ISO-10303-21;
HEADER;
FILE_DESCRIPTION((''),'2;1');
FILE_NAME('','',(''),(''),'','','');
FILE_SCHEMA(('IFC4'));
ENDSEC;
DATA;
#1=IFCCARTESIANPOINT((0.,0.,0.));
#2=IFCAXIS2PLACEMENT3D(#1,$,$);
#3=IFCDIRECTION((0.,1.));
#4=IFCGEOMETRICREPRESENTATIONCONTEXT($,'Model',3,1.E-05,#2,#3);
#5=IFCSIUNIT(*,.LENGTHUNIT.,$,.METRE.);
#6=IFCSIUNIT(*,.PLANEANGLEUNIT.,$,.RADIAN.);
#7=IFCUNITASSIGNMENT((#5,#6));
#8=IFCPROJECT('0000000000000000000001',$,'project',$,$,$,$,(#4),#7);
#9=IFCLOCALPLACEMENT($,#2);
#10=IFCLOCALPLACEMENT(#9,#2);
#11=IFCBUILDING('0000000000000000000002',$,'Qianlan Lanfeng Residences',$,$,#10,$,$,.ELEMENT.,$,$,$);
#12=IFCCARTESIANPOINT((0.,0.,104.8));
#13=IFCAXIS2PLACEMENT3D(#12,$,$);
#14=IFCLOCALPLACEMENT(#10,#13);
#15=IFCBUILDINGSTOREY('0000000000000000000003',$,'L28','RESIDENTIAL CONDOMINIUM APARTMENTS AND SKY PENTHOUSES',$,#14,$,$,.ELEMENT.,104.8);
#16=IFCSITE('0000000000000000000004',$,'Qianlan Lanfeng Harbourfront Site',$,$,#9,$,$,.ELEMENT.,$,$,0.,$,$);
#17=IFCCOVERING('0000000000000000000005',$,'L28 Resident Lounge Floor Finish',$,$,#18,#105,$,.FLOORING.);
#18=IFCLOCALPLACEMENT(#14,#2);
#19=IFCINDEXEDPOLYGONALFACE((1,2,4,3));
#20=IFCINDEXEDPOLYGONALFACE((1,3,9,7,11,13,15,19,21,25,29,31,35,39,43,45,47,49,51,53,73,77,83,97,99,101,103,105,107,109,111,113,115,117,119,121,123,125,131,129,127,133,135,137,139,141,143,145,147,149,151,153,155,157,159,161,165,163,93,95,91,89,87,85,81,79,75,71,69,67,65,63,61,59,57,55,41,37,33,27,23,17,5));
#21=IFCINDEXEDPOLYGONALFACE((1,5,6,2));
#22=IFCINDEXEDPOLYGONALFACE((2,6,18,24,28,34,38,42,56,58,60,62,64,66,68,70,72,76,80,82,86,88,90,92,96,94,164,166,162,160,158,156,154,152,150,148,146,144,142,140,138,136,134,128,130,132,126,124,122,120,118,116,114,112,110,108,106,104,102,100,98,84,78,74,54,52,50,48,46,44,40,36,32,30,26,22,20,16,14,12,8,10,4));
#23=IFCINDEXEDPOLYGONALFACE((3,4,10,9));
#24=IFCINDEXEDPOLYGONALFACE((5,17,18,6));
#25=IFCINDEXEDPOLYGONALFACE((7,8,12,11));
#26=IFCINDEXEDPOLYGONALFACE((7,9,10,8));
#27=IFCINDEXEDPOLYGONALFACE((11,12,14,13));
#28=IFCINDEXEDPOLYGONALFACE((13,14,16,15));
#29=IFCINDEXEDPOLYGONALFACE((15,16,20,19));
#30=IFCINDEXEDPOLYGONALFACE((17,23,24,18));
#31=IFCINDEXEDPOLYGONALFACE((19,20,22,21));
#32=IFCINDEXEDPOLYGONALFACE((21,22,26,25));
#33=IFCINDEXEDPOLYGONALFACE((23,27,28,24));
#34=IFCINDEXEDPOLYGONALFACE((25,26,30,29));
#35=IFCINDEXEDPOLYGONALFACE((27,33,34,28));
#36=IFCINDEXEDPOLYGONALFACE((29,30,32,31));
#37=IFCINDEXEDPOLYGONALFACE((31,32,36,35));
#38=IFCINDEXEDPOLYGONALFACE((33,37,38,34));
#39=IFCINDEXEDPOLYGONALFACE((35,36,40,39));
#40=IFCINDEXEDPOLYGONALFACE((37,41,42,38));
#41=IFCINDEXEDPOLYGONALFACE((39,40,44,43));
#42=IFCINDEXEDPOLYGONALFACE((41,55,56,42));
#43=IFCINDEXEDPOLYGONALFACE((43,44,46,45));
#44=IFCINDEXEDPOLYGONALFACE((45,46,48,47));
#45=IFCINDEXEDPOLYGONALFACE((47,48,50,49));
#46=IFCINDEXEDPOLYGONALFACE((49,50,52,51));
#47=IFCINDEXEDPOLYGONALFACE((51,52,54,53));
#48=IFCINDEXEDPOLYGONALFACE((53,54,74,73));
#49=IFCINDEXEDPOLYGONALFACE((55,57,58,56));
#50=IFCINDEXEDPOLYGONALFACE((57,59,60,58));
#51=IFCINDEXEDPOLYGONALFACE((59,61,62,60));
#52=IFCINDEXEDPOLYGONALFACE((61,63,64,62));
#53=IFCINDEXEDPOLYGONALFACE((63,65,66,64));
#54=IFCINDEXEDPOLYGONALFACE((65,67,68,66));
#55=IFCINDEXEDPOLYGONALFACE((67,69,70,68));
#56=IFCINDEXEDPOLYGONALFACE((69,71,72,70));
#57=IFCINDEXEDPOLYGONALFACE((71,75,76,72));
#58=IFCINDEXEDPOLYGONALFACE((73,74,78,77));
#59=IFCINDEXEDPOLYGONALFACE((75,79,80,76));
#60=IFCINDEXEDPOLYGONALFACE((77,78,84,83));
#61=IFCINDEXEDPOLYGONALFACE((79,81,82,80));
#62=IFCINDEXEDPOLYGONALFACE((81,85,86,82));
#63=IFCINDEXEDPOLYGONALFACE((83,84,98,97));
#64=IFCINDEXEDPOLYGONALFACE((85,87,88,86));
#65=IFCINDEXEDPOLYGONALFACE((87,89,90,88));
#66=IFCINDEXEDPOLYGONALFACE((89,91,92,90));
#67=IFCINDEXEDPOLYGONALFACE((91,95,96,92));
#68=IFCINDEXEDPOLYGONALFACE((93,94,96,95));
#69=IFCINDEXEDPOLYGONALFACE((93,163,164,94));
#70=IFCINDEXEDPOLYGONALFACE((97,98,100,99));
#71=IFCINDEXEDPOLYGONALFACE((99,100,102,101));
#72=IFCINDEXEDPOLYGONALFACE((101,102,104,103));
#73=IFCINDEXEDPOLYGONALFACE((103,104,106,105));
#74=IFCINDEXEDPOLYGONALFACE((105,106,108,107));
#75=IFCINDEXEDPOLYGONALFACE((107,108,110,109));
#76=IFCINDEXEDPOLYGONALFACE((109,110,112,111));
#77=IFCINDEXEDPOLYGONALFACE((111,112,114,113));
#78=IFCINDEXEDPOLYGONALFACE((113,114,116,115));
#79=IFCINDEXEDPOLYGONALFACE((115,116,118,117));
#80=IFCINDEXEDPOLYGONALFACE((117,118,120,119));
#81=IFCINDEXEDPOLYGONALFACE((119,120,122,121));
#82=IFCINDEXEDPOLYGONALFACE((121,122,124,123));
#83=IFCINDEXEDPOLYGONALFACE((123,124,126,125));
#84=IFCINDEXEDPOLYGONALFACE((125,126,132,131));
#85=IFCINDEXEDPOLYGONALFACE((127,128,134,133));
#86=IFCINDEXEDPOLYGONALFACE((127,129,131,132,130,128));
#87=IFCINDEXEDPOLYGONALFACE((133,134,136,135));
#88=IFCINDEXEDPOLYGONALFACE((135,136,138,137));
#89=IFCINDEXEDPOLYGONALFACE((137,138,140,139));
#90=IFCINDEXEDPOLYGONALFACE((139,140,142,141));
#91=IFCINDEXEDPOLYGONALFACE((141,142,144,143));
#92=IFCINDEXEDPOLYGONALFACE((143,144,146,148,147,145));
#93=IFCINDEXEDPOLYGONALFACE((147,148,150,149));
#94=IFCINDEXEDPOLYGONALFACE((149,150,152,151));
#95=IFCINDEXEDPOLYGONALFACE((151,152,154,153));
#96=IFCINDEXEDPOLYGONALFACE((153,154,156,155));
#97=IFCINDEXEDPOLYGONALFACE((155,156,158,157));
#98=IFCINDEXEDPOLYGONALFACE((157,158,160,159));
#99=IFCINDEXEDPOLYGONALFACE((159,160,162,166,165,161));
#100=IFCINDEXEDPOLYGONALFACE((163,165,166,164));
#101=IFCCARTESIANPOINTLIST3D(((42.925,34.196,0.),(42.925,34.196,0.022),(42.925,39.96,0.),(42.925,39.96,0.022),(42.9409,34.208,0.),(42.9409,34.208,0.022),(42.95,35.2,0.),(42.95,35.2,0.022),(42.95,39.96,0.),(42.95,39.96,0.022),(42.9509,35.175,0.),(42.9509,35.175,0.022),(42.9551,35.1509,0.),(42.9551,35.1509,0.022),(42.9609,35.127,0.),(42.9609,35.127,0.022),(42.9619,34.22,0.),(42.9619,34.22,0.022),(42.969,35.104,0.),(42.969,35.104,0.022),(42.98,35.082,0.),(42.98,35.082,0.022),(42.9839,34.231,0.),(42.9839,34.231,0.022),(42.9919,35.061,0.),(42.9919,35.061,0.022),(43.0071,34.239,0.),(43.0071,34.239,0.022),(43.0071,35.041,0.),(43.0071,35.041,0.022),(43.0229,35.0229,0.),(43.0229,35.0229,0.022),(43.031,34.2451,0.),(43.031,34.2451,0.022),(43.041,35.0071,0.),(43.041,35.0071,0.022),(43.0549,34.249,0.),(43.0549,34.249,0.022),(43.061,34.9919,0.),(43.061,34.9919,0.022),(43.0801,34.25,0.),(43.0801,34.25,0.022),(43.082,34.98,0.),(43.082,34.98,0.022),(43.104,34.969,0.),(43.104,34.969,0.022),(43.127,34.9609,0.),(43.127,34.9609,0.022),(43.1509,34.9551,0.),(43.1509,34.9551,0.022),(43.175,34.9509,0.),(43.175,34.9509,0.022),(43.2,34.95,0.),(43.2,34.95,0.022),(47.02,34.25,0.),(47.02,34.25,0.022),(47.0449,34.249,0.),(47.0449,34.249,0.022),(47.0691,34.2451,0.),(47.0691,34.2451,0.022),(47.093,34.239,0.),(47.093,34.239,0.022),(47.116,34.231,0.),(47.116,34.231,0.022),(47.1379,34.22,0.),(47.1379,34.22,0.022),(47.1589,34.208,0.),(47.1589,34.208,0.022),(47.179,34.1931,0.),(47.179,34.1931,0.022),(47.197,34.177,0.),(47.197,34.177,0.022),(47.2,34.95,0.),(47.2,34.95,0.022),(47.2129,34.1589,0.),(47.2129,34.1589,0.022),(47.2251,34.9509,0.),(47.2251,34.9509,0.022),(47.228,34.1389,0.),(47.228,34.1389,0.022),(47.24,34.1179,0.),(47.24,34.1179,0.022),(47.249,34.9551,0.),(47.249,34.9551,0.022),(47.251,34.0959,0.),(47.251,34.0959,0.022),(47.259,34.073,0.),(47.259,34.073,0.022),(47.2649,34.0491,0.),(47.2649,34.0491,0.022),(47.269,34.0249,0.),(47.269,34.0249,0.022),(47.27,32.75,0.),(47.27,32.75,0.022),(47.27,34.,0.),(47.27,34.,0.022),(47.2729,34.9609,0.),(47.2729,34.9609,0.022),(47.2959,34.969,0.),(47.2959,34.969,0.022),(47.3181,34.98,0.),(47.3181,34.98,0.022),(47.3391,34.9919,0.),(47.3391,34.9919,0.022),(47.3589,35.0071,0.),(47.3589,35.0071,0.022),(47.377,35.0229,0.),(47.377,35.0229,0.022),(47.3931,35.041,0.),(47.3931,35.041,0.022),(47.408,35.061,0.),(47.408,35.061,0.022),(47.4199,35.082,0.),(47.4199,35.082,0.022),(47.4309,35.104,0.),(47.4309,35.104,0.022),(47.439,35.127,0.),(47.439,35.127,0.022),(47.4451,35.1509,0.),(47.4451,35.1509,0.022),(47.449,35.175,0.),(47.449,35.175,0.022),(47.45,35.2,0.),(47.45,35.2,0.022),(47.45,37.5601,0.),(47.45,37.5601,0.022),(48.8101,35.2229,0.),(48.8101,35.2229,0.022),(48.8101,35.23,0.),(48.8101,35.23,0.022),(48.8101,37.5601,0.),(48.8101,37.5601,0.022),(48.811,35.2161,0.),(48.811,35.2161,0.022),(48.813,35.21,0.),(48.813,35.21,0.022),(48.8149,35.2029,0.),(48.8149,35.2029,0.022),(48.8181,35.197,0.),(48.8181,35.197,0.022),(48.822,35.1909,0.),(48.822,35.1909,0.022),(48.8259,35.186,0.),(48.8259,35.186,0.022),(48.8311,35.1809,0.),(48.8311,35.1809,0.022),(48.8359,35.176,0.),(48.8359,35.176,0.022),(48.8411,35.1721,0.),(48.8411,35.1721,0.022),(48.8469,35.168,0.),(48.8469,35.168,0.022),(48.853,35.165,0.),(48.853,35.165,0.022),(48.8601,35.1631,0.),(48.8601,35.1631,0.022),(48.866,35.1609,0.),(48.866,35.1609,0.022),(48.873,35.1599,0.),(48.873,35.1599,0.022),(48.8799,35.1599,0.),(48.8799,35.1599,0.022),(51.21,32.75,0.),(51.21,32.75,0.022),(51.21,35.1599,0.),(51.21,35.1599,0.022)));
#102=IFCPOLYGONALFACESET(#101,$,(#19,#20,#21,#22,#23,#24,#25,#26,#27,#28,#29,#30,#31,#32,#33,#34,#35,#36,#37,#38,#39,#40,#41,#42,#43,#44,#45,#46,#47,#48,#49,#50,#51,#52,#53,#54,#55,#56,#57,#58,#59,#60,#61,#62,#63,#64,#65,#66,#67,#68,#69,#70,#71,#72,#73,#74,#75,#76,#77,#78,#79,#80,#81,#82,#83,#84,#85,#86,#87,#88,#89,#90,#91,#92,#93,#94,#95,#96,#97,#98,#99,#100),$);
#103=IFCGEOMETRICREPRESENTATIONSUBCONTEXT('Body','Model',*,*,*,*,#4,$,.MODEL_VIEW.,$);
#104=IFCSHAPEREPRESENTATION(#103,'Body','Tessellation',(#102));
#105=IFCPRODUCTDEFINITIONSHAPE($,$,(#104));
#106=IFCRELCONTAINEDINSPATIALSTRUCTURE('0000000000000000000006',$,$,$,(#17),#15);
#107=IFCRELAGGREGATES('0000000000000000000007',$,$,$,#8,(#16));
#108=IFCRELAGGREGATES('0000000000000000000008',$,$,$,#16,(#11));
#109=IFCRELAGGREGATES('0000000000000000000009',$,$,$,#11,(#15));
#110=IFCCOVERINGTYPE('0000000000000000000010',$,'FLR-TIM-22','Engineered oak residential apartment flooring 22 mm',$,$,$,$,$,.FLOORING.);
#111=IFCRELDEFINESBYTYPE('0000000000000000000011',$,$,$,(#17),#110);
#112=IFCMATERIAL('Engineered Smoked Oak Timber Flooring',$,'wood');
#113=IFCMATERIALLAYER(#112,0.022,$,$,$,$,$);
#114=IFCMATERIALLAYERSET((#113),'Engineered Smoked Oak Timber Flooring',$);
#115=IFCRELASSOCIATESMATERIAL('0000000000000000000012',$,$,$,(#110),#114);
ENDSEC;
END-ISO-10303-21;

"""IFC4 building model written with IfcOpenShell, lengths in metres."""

from ifc_helpers import new_model, si_unit, direction, frame, origin, place, context, subcontext, project, spatial, polyline, outline, extrude, material, layer, layer_set, type_object, element, save


model = new_model("IFC4")

# Units and contexts
model_context = context("Model", 3, precision=1e-05, world=origin(), true_north=direction((0.0, 1.0)))
body_context = subcontext(model_context, "Body", "Model", "MODEL_VIEW")
ifc_project = project(units=[si_unit("LENGTHUNIT", "METRE"), si_unit("PLANEANGLEUNIT", "RADIAN")], contexts=[model_context])

# Site, building, storey
site_placement = place(None, origin())
site = spatial("IfcSite", under=ifc_project, at=site_placement, Name="Qianlan Lanfeng Harbourfront Site", CompositionType="ELEMENT", RefElevation=0.0)
building_placement = place(site_placement, origin())
building = spatial("IfcBuilding", under=site, at=building_placement, Name="Qianlan Lanfeng Residences", CompositionType="ELEMENT")
storey_placement = place(building_placement, frame((0.0, 0.0, 104.8)))
storey = spatial("IfcBuildingStorey", under=building, at=storey_placement, Name="L28", Description="RESIDENTIAL CONDOMINIUM APARTMENTS AND SKY PENTHOUSES", CompositionType="ELEMENT", Elevation=104.8)

# Covering
ifc_material_1 = material(Name="Engineered Smoked Oak Timber Flooring", Category="wood")
ifc_layer_1 = layer(ifc_material_1, 0.022)
ifc_layer_set_1 = layer_set([ifc_layer_1], Name="Engineered Smoked Oak Timber Flooring")
covering_type_1 = type_object("IfcCoveringType", Name="FLR-TIM-22", Description="Engineered oak residential apartment flooring 22 mm", PredefinedType="FLOORING", material=ifc_layer_set_1)
covering_1_placement = place(storey_placement, origin())
element("IfcCovering", 1, at=covering_1_placement, inside=storey, type_object=covering_type_1, Name="L28 Resident Lounge Floor Finish", PredefinedType="FLOORING", context=body_context, shape_type="SweptSolid", body=[
    extrude(outline(polyline([(42.925, 34.196), (42.9409, 34.208), (42.9619, 34.22), (42.9839, 34.231), (43.0071, 34.239), (43.031, 34.2451), (43.0549, 34.249), (43.0801, 34.25), (47.02, 34.25), (47.0449, 34.249), (47.0691, 34.2451), (47.093, 34.239), (47.116, 34.231), (47.1379, 34.22), (47.1589, 34.208), (47.179, 34.1931), (47.197, 34.177), (47.2129, 34.1589), (47.228, 34.1389), (47.24, 34.1179), (47.251, 34.0959), (47.259, 34.073), (47.2649, 34.0491), (47.269, 34.0249), (47.27, 34.0), (47.27, 32.75), (51.21, 32.75), (51.21, 35.1599), (48.8799, 35.1599), (48.873, 35.1599), (48.866, 35.1609), (48.8601, 35.1631), (48.853, 35.165), (48.8469, 35.168), (48.8411, 35.1721), (48.8359, 35.176), (48.8311, 35.1809), (48.8259, 35.186), (48.822, 35.1909), (48.8181, 35.197), (48.8149, 35.2029), (48.813, 35.21), (48.811, 35.2161), (48.8101, 35.2229), (48.8101, 35.23), (48.8101, 37.5601), (47.45, 37.5601), (47.45, 35.2), (47.449, 35.175), (47.4451, 35.1509), (47.439, 35.127), (47.4309, 35.104), (47.4199, 35.082), (47.408, 35.061), (47.3931, 35.041), (47.377, 35.0229), (47.3589, 35.0071), (47.3391, 34.9919), (47.3181, 34.98), (47.2959, 34.969), (47.2729, 34.9609), (47.249, 34.9551), (47.2251, 34.9509), (47.2, 34.95), (43.2, 34.95), (43.175, 34.9509), (43.1509, 34.9551), (43.127, 34.9609), (43.104, 34.969), (43.082, 34.98), (43.061, 34.9919), (43.041, 35.0071), (43.0229, 35.0229), (43.0071, 35.041), (42.9919, 35.061), (42.98, 35.082), (42.969, 35.104), (42.9609, 35.127), (42.9551, 35.1509), (42.9509, 35.175), (42.95, 35.2), (42.95, 39.96), (42.925, 39.96), (42.925, 34.196)])), origin(), (0.0, 0.0, 1.0), 0.022),
])

save(model, "model.ifc")
